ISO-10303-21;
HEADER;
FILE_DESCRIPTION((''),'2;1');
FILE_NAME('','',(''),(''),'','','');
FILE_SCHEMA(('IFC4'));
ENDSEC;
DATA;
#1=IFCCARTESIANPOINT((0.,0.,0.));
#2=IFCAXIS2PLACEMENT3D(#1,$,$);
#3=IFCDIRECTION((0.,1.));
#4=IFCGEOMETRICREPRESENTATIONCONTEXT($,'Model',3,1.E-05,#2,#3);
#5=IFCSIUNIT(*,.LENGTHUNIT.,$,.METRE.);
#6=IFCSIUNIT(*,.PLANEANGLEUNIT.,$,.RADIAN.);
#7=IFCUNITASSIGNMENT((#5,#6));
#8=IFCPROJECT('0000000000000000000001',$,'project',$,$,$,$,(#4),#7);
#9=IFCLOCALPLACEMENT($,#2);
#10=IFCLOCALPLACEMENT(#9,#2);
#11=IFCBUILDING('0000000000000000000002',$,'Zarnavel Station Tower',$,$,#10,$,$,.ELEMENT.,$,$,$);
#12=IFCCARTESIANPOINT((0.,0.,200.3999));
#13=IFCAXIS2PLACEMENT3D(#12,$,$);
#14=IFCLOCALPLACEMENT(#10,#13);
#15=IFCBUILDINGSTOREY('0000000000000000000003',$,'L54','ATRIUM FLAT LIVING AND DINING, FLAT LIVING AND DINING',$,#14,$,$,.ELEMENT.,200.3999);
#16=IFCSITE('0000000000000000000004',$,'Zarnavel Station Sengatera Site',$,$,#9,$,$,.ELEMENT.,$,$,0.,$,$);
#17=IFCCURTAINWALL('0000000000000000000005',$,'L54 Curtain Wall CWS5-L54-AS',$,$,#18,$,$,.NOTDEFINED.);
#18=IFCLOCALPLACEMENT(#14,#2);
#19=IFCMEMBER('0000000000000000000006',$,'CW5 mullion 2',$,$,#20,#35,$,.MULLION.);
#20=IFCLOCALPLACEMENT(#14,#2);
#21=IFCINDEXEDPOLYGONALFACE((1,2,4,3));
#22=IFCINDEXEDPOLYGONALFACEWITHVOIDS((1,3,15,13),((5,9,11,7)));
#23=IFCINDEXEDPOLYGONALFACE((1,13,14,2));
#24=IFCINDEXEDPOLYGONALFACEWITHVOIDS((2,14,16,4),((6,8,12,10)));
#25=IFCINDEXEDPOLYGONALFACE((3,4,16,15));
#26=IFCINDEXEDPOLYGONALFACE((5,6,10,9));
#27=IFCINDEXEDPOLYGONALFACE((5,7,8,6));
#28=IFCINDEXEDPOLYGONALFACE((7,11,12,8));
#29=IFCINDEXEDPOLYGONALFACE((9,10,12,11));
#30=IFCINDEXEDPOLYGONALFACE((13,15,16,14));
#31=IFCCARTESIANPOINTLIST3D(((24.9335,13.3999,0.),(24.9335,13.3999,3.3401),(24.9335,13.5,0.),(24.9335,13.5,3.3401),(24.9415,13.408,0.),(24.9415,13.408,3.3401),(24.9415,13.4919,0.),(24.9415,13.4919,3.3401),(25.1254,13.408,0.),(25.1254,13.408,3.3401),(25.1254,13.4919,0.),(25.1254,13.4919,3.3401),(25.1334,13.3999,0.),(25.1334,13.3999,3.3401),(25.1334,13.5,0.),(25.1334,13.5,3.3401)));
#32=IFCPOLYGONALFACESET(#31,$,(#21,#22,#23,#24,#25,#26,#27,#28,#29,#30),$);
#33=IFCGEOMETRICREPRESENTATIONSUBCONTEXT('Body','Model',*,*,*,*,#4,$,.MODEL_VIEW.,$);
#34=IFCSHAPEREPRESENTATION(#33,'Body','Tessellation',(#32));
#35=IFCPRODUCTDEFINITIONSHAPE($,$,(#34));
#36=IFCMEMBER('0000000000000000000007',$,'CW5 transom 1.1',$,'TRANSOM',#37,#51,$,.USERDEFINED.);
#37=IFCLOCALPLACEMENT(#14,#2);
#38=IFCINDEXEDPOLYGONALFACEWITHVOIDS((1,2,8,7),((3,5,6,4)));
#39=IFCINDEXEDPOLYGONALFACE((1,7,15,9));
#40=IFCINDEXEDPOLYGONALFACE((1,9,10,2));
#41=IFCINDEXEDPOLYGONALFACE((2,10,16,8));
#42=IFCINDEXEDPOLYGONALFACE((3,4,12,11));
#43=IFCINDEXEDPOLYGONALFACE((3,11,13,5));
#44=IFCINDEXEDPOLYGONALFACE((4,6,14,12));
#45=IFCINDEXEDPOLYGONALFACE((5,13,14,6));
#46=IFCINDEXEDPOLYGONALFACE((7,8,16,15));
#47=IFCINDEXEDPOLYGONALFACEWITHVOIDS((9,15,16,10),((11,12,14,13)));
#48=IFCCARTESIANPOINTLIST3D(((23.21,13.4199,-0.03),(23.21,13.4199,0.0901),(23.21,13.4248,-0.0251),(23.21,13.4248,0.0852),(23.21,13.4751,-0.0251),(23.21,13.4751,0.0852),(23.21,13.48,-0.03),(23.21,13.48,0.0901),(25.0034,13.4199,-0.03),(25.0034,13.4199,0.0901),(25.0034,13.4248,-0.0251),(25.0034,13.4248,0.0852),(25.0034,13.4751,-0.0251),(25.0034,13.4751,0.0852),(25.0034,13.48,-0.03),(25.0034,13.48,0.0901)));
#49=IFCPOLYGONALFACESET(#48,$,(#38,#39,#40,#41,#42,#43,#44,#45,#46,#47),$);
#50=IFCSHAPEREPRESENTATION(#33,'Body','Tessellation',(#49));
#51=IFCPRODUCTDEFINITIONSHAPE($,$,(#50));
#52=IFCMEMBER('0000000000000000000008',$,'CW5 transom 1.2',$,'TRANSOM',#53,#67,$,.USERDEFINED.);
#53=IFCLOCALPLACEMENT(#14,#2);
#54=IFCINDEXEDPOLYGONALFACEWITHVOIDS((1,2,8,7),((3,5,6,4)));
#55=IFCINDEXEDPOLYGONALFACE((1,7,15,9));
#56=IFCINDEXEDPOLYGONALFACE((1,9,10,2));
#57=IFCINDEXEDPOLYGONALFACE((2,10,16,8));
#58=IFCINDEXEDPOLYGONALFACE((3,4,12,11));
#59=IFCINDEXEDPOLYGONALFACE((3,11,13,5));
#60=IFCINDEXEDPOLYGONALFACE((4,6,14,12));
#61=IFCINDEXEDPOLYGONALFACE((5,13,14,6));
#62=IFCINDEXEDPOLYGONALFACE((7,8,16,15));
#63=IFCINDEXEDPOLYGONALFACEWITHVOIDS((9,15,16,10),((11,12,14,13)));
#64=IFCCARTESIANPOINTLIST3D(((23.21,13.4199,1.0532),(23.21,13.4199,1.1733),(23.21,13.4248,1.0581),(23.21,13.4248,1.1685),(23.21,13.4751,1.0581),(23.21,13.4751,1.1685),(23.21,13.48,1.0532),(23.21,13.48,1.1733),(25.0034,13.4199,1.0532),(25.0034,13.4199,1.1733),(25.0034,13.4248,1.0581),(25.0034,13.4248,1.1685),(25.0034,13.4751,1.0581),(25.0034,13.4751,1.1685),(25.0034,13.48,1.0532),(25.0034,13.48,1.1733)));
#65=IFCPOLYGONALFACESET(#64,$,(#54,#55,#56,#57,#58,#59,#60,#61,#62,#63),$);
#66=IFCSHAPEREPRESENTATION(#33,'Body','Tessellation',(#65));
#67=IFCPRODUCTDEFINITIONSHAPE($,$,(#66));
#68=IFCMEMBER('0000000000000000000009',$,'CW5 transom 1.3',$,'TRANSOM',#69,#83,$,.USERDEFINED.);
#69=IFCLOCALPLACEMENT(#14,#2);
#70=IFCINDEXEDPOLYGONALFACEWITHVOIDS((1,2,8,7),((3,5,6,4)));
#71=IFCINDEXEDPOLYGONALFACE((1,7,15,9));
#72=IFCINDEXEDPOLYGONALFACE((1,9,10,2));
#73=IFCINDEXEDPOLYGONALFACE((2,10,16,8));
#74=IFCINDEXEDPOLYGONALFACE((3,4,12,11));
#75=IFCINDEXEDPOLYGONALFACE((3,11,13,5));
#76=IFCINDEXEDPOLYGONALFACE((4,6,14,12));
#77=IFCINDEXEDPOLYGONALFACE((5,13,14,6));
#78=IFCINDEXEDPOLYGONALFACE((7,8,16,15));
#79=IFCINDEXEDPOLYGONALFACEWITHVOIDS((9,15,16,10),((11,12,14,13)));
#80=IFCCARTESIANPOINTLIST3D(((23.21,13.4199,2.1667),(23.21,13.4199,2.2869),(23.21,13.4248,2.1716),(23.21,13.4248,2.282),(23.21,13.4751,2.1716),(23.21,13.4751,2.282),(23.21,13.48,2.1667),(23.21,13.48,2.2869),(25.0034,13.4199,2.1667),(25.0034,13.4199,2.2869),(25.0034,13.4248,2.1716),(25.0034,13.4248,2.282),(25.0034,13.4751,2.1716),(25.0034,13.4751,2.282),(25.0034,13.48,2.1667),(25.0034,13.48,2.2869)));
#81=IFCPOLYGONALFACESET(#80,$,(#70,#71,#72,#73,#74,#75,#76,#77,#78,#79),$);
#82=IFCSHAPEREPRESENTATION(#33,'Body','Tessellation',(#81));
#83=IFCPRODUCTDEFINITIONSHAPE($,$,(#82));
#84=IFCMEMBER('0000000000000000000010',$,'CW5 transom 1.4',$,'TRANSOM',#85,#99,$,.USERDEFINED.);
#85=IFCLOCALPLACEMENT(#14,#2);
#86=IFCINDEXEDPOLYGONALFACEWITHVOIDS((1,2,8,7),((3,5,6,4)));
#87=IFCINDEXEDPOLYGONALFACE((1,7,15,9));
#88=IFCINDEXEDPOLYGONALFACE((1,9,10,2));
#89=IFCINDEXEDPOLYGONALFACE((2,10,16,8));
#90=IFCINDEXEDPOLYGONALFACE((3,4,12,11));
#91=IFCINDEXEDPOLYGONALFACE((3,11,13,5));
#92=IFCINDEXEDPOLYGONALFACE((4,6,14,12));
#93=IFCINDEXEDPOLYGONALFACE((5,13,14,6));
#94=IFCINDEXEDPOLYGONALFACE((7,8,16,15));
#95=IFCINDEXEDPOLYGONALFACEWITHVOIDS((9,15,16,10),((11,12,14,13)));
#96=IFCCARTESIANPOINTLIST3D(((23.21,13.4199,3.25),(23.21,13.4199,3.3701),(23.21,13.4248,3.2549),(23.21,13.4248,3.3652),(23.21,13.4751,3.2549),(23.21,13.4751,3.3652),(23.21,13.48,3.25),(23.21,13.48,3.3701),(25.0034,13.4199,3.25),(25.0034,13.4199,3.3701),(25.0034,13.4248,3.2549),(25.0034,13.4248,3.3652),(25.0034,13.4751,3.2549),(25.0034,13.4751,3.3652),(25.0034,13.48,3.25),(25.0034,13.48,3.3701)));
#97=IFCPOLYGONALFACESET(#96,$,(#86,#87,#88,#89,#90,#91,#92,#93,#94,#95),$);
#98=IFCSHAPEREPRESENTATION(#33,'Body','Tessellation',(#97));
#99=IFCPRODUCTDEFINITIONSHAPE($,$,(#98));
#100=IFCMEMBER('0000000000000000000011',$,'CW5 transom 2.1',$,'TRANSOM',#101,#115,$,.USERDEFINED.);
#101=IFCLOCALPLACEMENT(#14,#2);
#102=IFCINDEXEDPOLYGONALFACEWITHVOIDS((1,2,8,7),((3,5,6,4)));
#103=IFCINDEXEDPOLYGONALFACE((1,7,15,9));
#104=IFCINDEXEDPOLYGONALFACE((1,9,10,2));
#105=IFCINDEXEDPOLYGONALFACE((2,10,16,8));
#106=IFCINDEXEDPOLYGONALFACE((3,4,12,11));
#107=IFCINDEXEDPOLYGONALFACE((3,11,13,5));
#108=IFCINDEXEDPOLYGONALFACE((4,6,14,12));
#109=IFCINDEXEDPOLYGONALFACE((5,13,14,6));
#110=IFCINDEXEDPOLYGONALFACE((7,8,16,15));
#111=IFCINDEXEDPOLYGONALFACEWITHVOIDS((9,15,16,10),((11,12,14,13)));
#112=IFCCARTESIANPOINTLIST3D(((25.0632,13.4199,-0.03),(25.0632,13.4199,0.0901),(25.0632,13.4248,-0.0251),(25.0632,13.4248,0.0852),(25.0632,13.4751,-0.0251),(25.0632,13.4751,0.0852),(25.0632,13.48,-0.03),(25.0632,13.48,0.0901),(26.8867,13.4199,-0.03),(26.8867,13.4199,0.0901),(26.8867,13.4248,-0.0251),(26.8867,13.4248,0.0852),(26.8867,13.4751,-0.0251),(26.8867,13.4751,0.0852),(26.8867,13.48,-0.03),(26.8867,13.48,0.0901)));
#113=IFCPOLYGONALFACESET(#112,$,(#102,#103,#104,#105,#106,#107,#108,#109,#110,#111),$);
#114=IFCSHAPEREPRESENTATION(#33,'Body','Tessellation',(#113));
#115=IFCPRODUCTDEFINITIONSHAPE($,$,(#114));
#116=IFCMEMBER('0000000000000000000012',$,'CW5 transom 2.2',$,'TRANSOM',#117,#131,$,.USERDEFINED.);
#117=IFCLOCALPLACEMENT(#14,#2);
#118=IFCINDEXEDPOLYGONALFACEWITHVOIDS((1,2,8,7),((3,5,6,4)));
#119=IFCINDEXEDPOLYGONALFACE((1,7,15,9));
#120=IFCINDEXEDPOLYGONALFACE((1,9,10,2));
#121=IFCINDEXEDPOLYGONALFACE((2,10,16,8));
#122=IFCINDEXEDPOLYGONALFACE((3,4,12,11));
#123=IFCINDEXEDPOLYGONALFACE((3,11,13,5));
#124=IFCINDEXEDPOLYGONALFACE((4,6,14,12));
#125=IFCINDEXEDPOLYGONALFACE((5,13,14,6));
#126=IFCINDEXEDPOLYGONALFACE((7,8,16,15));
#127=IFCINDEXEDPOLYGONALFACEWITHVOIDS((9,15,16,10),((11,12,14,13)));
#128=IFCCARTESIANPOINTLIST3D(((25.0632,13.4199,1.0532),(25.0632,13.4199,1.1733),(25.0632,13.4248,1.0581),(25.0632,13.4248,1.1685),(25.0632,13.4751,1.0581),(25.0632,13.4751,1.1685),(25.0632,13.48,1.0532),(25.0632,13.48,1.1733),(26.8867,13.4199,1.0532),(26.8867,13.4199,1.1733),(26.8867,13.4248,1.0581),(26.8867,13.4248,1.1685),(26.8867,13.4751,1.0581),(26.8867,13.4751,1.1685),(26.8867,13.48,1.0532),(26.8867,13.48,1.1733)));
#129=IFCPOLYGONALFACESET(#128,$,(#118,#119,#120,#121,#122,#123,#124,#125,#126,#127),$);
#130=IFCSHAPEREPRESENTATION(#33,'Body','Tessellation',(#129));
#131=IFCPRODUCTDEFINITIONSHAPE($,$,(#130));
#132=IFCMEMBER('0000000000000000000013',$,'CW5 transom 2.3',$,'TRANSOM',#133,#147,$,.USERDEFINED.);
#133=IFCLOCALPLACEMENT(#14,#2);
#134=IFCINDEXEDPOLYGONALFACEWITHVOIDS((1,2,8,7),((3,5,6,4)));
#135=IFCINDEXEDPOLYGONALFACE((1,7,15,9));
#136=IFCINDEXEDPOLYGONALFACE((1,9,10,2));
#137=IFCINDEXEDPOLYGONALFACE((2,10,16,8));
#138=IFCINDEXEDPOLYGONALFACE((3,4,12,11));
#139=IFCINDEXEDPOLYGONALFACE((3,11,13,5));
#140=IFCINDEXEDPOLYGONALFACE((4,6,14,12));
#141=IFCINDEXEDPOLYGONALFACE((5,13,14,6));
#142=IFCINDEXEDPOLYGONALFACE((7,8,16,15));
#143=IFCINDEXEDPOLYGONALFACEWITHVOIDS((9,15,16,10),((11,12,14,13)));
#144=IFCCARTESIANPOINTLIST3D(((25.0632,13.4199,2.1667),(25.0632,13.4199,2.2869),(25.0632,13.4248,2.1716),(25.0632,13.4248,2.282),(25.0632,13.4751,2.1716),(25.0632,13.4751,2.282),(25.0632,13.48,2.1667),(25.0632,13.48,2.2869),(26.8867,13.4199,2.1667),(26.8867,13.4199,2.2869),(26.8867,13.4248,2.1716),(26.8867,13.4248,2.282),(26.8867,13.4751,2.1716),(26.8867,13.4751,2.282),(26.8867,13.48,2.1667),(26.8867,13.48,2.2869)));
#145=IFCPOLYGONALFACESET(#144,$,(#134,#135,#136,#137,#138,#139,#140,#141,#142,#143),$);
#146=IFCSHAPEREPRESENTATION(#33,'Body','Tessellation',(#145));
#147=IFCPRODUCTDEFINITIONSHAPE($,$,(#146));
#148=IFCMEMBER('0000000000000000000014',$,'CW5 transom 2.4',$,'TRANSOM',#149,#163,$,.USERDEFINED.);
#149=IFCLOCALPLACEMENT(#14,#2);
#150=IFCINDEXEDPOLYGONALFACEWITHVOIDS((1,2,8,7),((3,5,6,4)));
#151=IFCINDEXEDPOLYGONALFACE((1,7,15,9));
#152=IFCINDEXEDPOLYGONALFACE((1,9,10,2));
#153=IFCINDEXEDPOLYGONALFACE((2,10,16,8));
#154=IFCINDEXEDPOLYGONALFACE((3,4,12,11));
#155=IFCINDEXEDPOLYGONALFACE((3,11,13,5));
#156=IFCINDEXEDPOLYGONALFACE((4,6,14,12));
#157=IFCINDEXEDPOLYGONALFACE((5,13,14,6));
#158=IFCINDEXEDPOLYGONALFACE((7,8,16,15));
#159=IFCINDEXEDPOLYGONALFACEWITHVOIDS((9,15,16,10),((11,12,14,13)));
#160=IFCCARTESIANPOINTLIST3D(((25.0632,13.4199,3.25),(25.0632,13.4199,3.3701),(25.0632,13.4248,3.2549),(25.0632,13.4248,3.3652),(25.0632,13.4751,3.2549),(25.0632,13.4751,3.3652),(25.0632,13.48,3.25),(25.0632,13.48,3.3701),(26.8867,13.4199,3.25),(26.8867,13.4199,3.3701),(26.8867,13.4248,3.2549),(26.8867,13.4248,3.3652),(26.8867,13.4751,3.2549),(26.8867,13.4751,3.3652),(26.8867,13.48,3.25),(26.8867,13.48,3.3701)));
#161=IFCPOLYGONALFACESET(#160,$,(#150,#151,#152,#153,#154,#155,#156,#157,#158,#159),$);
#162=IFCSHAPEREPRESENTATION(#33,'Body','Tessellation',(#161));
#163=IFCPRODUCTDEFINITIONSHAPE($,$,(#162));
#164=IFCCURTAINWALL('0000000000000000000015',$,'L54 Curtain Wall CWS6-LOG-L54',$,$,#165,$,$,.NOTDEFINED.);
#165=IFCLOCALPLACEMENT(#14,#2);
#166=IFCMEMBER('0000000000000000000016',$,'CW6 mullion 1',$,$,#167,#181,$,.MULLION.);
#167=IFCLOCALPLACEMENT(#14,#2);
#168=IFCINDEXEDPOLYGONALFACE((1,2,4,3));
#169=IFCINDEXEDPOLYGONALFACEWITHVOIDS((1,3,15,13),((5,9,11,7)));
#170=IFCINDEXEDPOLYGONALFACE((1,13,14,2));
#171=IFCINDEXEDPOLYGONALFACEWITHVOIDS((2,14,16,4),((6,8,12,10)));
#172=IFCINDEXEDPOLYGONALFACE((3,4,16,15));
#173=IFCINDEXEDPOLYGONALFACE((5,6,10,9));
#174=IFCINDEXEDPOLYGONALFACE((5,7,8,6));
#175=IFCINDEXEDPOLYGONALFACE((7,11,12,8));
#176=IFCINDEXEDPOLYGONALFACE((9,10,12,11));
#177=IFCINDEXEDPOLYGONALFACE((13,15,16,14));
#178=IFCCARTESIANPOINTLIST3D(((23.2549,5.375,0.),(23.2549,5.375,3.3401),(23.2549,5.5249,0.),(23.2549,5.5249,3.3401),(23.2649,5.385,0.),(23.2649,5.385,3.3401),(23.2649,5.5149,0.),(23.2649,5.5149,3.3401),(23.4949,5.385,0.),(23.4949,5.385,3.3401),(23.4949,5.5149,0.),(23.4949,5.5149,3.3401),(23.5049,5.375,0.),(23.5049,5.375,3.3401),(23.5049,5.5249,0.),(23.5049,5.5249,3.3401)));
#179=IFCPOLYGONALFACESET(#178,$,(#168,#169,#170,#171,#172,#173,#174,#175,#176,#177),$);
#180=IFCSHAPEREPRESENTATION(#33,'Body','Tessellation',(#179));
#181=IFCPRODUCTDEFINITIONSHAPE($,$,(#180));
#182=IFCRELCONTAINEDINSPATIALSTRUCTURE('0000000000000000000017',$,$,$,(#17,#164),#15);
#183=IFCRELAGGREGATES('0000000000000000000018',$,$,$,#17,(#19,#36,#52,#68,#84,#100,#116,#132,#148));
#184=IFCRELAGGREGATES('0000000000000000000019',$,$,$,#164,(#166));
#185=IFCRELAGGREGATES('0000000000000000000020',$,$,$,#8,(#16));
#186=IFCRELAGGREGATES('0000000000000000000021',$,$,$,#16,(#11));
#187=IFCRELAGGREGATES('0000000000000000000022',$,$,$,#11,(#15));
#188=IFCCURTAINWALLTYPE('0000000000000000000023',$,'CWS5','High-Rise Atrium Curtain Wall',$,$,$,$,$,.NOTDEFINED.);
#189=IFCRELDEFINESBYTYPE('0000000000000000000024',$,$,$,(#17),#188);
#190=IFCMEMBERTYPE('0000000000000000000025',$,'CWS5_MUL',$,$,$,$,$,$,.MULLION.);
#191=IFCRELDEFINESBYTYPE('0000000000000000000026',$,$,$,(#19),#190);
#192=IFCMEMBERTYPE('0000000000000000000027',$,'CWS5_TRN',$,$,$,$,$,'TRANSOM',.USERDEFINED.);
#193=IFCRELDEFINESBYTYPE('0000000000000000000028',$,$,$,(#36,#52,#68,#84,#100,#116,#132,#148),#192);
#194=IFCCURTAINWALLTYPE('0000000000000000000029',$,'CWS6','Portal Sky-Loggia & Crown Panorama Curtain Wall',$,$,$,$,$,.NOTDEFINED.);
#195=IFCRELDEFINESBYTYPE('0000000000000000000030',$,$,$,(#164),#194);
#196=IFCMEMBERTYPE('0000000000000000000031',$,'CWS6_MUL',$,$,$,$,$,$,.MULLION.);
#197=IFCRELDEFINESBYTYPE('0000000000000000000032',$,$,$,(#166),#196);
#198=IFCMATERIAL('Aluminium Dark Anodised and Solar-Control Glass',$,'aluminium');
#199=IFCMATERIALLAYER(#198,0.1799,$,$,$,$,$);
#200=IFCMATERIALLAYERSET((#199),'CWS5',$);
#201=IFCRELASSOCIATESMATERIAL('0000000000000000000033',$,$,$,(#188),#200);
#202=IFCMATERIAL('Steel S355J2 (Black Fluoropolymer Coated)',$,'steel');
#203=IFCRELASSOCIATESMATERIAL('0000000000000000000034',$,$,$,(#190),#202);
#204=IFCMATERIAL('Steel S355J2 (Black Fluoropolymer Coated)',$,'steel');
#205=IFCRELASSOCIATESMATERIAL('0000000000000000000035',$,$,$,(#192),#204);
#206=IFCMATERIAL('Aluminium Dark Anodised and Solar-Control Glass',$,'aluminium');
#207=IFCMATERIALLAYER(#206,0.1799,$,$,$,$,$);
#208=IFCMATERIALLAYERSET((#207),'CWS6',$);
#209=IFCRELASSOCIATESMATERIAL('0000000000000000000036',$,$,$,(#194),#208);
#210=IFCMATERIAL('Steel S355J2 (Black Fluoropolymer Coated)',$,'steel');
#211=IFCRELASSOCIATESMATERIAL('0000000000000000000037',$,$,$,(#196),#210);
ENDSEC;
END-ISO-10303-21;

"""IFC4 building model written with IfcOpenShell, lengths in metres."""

from ifc_helpers import new_model, si_unit, direction, frame, origin, origin_2d, place, context, subcontext, project, spatial, hollow_rectangle, extrude, material, layer, layer_set, material_profile, profile_set, type_object, element, aggregate, save


model = new_model("IFC4")

# Units and contexts
model_context = context("Model", 3, precision=1e-05, world=origin(), true_north=direction((0.0, 1.0)))
body_context = subcontext(model_context, "Body", "Model", "MODEL_VIEW")
ifc_project = project(units=[si_unit("LENGTHUNIT", "METRE"), si_unit("PLANEANGLEUNIT", "RADIAN")], contexts=[model_context])

# Site, building, storey
site_placement = place(None, origin())
site = spatial("IfcSite", under=ifc_project, at=site_placement, Name="Zarnavel Station Sengatera Site", CompositionType="ELEMENT", RefElevation=0.0)
building_placement = place(site_placement, origin())
building = spatial("IfcBuilding", under=site, at=building_placement, Name="Zarnavel Station Tower", CompositionType="ELEMENT")
storey_placement = place(building_placement, frame((0.0, 0.0, 200.3999)))
storey = spatial("IfcBuildingStorey", under=building, at=storey_placement, Name="L54", Description="ATRIUM FLAT LIVING AND DINING, FLAT LIVING AND DINING", CompositionType="ELEMENT", Elevation=200.3999)

# Curtain walls, members
ifc_material_1 = material(Name="Aluminium Dark Anodised and Solar-Control Glass", Category="aluminium")
ifc_layer_1 = layer(ifc_material_1, 0.1799)
ifc_layer_set_1 = layer_set([ifc_layer_1], Name="CWS5")
curtain_wall_type_1 = type_object("IfcCurtainWallType", Name="CWS5", Description="High-Rise Atrium Curtain Wall", PredefinedType="NOTDEFINED", material=ifc_layer_set_1)
curtain_wall_1_placement = place(storey_placement, origin())
curtain_wall_1 = element("IfcCurtainWall", 1, at=curtain_wall_1_placement, inside=storey, type_object=curtain_wall_type_1, Name="L54 Curtain Wall CWS5-L54-AS", PredefinedType="NOTDEFINED")
ifc_material_2 = material(Name="Steel S355J2 (Black Fluoropolymer Coated)", Category="steel")
ifc_material_profile_1 = material_profile(ifc_material_2, hollow_rectangle(XDim=0.1001, YDim=0.2, WallThickness=0.0081, at=origin_2d()), Name="RHS200x100x8")
ifc_profile_set_1 = profile_set([ifc_material_profile_1], Name="Steel S355J2 (Black Fluoropolymer Coated)")
member_type_1 = type_object("IfcMemberType", Name="CWS5_MUL", PredefinedType="MULLION", material=ifc_profile_set_1)
member_1_placement = place(storey_placement, frame((25.0334, 13.45, 0.0), z_axis=(0.0, 0.0, 1.0), x_axis=(0.0, 1.0, 0.0)))
member_1 = element("IfcMember", 2, at=member_1_placement, type_object=member_type_1, Name="CW5 mullion 2", PredefinedType="MULLION", context=body_context, shape_type="SweptSolid", body=[
    extrude(hollow_rectangle(XDim=0.1001, YDim=0.2, WallThickness=0.0081, at=origin_2d()), origin(), (0.0, 0.0, 1.0), 3.3401),
])
ifc_material_3 = material(Name="Steel S355J2 (Black Fluoropolymer Coated)", Category="steel")
ifc_material_profile_2 = material_profile(ifc_material_3, hollow_rectangle(XDim=0.0601, YDim=0.1201, WallThickness=0.0049, at=origin_2d()), Name="RHS120x60x5")
ifc_profile_set_2 = profile_set([ifc_material_profile_2], Name="Steel S355J2 (Black Fluoropolymer Coated)")
member_type_2 = type_object("IfcMemberType", Name="CWS5_TRN", ElementType="TRANSOM", PredefinedType="USERDEFINED", material=ifc_profile_set_2)
member_2_placement = place(storey_placement, frame((23.21, 13.45, 0.03), z_axis=(1.0, 0.0, 0.0), x_axis=(0.0, 1.0, 0.0)))
member_2 = element("IfcMember", 3, at=member_2_placement, type_object=member_type_2, Name="CW5 transom 1.1", ObjectType="TRANSOM", PredefinedType="USERDEFINED", context=body_context, shape_type="SweptSolid", body=[
    extrude(hollow_rectangle(XDim=0.0601, YDim=0.1201, WallThickness=0.0049, at=origin_2d()), origin(), (0.0, 0.0, 1.0), 1.7935),
])
member_3_placement = place(storey_placement, frame((23.21, 13.45, 1.1133), z_axis=(1.0, 0.0, 0.0), x_axis=(0.0, 1.0, 0.0)))
member_3 = element("IfcMember", 4, at=member_3_placement, type_object=member_type_2, Name="CW5 transom 1.2", ObjectType="TRANSOM", PredefinedType="USERDEFINED", context=body_context, shape_type="SweptSolid", body=[
    extrude(hollow_rectangle(XDim=0.0601, YDim=0.1201, WallThickness=0.0049, at=origin_2d()), origin(), (0.0, 0.0, 1.0), 1.7935),
])
member_4_placement = place(storey_placement, frame((23.21, 13.45, 2.2268), z_axis=(1.0, 0.0, 0.0), x_axis=(0.0, 1.0, 0.0)))
member_4 = element("IfcMember", 5, at=member_4_placement, type_object=member_type_2, Name="CW5 transom 1.3", ObjectType="TRANSOM", PredefinedType="USERDEFINED", context=body_context, shape_type="SweptSolid", body=[
    extrude(hollow_rectangle(XDim=0.0601, YDim=0.1201, WallThickness=0.0049, at=origin_2d()), origin(), (0.0, 0.0, 1.0), 1.7935),
])
member_5_placement = place(storey_placement, frame((23.21, 13.45, 3.3101), z_axis=(1.0, 0.0, 0.0), x_axis=(0.0, 1.0, 0.0)))
member_5 = element("IfcMember", 6, at=member_5_placement, type_object=member_type_2, Name="CW5 transom 1.4", ObjectType="TRANSOM", PredefinedType="USERDEFINED", context=body_context, shape_type="SweptSolid", body=[
    extrude(hollow_rectangle(XDim=0.0601, YDim=0.1201, WallThickness=0.0049, at=origin_2d()), origin(), (0.0, 0.0, 1.0), 1.7935),
])
member_6_placement = place(storey_placement, frame((25.0632, 13.45, 0.03), z_axis=(1.0, 0.0, 0.0), x_axis=(0.0, 1.0, 0.0)))
member_6 = element("IfcMember", 7, at=member_6_placement, type_object=member_type_2, Name="CW5 transom 2.1", ObjectType="TRANSOM", PredefinedType="USERDEFINED", context=body_context, shape_type="SweptSolid", body=[
    extrude(hollow_rectangle(XDim=0.0601, YDim=0.1201, WallThickness=0.0049, at=origin_2d()), origin(), (0.0, 0.0, 1.0), 1.8235),
])
member_7_placement = place(storey_placement, frame((25.0632, 13.45, 1.1133), z_axis=(1.0, 0.0, 0.0), x_axis=(0.0, 1.0, 0.0)))
member_7 = element("IfcMember", 8, at=member_7_placement, type_object=member_type_2, Name="CW5 transom 2.2", ObjectType="TRANSOM", PredefinedType="USERDEFINED", context=body_context, shape_type="SweptSolid", body=[
    extrude(hollow_rectangle(XDim=0.0601, YDim=0.1201, WallThickness=0.0049, at=origin_2d()), origin(), (0.0, 0.0, 1.0), 1.8235),
])
member_8_placement = place(storey_placement, frame((25.0632, 13.45, 2.2268), z_axis=(1.0, 0.0, 0.0), x_axis=(0.0, 1.0, 0.0)))
member_8 = element("IfcMember", 9, at=member_8_placement, type_object=member_type_2, Name="CW5 transom 2.3", ObjectType="TRANSOM", PredefinedType="USERDEFINED", context=body_context, shape_type="SweptSolid", body=[
    extrude(hollow_rectangle(XDim=0.0601, YDim=0.1201, WallThickness=0.0049, at=origin_2d()), origin(), (0.0, 0.0, 1.0), 1.8235),
])
member_9_placement = place(storey_placement, frame((25.0632, 13.45, 3.3101), z_axis=(1.0, 0.0, 0.0), x_axis=(0.0, 1.0, 0.0)))
member_9 = element("IfcMember", 10, at=member_9_placement, type_object=member_type_2, Name="CW5 transom 2.4", ObjectType="TRANSOM", PredefinedType="USERDEFINED", context=body_context, shape_type="SweptSolid", body=[
    extrude(hollow_rectangle(XDim=0.0601, YDim=0.1201, WallThickness=0.0049, at=origin_2d()), origin(), (0.0, 0.0, 1.0), 1.8235),
])
ifc_material_4 = material(Name="Aluminium Dark Anodised and Solar-Control Glass", Category="aluminium")
ifc_layer_2 = layer(ifc_material_4, 0.1799)
ifc_layer_set_2 = layer_set([ifc_layer_2], Name="CWS6")
curtain_wall_type_2 = type_object("IfcCurtainWallType", Name="CWS6", Description="Portal Sky-Loggia & Crown Panorama Curtain Wall", PredefinedType="NOTDEFINED", material=ifc_layer_set_2)
curtain_wall_2_placement = place(storey_placement, origin())
curtain_wall_2 = element("IfcCurtainWall", 11, at=curtain_wall_2_placement, inside=storey, type_object=curtain_wall_type_2, Name="L54 Curtain Wall CWS6-LOG-L54", PredefinedType="NOTDEFINED")
ifc_material_5 = material(Name="Steel S355J2 (Black Fluoropolymer Coated)", Category="steel")
ifc_material_profile_3 = material_profile(ifc_material_5, hollow_rectangle(XDim=0.1499, YDim=0.25, WallThickness=0.01, at=origin_2d()), Name="RHS250x150x10")
ifc_profile_set_3 = profile_set([ifc_material_profile_3], Name="Steel S355J2 (Black Fluoropolymer Coated)")
member_type_3 = type_object("IfcMemberType", Name="CWS6_MUL", PredefinedType="MULLION", material=ifc_profile_set_3)
member_10_placement = place(storey_placement, frame((23.3799, 5.45, 0.0), z_axis=(0.0, 0.0, 1.0), x_axis=(0.0, 1.0, 0.0)))
member_10 = element("IfcMember", 12, at=member_10_placement, type_object=member_type_3, Name="CW6 mullion 1", PredefinedType="MULLION", context=body_context, shape_type="SweptSolid", body=[
    extrude(hollow_rectangle(XDim=0.1499, YDim=0.25, WallThickness=0.01, at=origin_2d()), origin(), (0.0, 0.0, 1.0), 3.3401),
])

aggregate(curtain_wall_1, [member_1, member_2, member_3, member_4, member_5, member_6, member_7, member_8, member_9])
aggregate(curtain_wall_2, [member_10])

save(model, "model.ifc")
